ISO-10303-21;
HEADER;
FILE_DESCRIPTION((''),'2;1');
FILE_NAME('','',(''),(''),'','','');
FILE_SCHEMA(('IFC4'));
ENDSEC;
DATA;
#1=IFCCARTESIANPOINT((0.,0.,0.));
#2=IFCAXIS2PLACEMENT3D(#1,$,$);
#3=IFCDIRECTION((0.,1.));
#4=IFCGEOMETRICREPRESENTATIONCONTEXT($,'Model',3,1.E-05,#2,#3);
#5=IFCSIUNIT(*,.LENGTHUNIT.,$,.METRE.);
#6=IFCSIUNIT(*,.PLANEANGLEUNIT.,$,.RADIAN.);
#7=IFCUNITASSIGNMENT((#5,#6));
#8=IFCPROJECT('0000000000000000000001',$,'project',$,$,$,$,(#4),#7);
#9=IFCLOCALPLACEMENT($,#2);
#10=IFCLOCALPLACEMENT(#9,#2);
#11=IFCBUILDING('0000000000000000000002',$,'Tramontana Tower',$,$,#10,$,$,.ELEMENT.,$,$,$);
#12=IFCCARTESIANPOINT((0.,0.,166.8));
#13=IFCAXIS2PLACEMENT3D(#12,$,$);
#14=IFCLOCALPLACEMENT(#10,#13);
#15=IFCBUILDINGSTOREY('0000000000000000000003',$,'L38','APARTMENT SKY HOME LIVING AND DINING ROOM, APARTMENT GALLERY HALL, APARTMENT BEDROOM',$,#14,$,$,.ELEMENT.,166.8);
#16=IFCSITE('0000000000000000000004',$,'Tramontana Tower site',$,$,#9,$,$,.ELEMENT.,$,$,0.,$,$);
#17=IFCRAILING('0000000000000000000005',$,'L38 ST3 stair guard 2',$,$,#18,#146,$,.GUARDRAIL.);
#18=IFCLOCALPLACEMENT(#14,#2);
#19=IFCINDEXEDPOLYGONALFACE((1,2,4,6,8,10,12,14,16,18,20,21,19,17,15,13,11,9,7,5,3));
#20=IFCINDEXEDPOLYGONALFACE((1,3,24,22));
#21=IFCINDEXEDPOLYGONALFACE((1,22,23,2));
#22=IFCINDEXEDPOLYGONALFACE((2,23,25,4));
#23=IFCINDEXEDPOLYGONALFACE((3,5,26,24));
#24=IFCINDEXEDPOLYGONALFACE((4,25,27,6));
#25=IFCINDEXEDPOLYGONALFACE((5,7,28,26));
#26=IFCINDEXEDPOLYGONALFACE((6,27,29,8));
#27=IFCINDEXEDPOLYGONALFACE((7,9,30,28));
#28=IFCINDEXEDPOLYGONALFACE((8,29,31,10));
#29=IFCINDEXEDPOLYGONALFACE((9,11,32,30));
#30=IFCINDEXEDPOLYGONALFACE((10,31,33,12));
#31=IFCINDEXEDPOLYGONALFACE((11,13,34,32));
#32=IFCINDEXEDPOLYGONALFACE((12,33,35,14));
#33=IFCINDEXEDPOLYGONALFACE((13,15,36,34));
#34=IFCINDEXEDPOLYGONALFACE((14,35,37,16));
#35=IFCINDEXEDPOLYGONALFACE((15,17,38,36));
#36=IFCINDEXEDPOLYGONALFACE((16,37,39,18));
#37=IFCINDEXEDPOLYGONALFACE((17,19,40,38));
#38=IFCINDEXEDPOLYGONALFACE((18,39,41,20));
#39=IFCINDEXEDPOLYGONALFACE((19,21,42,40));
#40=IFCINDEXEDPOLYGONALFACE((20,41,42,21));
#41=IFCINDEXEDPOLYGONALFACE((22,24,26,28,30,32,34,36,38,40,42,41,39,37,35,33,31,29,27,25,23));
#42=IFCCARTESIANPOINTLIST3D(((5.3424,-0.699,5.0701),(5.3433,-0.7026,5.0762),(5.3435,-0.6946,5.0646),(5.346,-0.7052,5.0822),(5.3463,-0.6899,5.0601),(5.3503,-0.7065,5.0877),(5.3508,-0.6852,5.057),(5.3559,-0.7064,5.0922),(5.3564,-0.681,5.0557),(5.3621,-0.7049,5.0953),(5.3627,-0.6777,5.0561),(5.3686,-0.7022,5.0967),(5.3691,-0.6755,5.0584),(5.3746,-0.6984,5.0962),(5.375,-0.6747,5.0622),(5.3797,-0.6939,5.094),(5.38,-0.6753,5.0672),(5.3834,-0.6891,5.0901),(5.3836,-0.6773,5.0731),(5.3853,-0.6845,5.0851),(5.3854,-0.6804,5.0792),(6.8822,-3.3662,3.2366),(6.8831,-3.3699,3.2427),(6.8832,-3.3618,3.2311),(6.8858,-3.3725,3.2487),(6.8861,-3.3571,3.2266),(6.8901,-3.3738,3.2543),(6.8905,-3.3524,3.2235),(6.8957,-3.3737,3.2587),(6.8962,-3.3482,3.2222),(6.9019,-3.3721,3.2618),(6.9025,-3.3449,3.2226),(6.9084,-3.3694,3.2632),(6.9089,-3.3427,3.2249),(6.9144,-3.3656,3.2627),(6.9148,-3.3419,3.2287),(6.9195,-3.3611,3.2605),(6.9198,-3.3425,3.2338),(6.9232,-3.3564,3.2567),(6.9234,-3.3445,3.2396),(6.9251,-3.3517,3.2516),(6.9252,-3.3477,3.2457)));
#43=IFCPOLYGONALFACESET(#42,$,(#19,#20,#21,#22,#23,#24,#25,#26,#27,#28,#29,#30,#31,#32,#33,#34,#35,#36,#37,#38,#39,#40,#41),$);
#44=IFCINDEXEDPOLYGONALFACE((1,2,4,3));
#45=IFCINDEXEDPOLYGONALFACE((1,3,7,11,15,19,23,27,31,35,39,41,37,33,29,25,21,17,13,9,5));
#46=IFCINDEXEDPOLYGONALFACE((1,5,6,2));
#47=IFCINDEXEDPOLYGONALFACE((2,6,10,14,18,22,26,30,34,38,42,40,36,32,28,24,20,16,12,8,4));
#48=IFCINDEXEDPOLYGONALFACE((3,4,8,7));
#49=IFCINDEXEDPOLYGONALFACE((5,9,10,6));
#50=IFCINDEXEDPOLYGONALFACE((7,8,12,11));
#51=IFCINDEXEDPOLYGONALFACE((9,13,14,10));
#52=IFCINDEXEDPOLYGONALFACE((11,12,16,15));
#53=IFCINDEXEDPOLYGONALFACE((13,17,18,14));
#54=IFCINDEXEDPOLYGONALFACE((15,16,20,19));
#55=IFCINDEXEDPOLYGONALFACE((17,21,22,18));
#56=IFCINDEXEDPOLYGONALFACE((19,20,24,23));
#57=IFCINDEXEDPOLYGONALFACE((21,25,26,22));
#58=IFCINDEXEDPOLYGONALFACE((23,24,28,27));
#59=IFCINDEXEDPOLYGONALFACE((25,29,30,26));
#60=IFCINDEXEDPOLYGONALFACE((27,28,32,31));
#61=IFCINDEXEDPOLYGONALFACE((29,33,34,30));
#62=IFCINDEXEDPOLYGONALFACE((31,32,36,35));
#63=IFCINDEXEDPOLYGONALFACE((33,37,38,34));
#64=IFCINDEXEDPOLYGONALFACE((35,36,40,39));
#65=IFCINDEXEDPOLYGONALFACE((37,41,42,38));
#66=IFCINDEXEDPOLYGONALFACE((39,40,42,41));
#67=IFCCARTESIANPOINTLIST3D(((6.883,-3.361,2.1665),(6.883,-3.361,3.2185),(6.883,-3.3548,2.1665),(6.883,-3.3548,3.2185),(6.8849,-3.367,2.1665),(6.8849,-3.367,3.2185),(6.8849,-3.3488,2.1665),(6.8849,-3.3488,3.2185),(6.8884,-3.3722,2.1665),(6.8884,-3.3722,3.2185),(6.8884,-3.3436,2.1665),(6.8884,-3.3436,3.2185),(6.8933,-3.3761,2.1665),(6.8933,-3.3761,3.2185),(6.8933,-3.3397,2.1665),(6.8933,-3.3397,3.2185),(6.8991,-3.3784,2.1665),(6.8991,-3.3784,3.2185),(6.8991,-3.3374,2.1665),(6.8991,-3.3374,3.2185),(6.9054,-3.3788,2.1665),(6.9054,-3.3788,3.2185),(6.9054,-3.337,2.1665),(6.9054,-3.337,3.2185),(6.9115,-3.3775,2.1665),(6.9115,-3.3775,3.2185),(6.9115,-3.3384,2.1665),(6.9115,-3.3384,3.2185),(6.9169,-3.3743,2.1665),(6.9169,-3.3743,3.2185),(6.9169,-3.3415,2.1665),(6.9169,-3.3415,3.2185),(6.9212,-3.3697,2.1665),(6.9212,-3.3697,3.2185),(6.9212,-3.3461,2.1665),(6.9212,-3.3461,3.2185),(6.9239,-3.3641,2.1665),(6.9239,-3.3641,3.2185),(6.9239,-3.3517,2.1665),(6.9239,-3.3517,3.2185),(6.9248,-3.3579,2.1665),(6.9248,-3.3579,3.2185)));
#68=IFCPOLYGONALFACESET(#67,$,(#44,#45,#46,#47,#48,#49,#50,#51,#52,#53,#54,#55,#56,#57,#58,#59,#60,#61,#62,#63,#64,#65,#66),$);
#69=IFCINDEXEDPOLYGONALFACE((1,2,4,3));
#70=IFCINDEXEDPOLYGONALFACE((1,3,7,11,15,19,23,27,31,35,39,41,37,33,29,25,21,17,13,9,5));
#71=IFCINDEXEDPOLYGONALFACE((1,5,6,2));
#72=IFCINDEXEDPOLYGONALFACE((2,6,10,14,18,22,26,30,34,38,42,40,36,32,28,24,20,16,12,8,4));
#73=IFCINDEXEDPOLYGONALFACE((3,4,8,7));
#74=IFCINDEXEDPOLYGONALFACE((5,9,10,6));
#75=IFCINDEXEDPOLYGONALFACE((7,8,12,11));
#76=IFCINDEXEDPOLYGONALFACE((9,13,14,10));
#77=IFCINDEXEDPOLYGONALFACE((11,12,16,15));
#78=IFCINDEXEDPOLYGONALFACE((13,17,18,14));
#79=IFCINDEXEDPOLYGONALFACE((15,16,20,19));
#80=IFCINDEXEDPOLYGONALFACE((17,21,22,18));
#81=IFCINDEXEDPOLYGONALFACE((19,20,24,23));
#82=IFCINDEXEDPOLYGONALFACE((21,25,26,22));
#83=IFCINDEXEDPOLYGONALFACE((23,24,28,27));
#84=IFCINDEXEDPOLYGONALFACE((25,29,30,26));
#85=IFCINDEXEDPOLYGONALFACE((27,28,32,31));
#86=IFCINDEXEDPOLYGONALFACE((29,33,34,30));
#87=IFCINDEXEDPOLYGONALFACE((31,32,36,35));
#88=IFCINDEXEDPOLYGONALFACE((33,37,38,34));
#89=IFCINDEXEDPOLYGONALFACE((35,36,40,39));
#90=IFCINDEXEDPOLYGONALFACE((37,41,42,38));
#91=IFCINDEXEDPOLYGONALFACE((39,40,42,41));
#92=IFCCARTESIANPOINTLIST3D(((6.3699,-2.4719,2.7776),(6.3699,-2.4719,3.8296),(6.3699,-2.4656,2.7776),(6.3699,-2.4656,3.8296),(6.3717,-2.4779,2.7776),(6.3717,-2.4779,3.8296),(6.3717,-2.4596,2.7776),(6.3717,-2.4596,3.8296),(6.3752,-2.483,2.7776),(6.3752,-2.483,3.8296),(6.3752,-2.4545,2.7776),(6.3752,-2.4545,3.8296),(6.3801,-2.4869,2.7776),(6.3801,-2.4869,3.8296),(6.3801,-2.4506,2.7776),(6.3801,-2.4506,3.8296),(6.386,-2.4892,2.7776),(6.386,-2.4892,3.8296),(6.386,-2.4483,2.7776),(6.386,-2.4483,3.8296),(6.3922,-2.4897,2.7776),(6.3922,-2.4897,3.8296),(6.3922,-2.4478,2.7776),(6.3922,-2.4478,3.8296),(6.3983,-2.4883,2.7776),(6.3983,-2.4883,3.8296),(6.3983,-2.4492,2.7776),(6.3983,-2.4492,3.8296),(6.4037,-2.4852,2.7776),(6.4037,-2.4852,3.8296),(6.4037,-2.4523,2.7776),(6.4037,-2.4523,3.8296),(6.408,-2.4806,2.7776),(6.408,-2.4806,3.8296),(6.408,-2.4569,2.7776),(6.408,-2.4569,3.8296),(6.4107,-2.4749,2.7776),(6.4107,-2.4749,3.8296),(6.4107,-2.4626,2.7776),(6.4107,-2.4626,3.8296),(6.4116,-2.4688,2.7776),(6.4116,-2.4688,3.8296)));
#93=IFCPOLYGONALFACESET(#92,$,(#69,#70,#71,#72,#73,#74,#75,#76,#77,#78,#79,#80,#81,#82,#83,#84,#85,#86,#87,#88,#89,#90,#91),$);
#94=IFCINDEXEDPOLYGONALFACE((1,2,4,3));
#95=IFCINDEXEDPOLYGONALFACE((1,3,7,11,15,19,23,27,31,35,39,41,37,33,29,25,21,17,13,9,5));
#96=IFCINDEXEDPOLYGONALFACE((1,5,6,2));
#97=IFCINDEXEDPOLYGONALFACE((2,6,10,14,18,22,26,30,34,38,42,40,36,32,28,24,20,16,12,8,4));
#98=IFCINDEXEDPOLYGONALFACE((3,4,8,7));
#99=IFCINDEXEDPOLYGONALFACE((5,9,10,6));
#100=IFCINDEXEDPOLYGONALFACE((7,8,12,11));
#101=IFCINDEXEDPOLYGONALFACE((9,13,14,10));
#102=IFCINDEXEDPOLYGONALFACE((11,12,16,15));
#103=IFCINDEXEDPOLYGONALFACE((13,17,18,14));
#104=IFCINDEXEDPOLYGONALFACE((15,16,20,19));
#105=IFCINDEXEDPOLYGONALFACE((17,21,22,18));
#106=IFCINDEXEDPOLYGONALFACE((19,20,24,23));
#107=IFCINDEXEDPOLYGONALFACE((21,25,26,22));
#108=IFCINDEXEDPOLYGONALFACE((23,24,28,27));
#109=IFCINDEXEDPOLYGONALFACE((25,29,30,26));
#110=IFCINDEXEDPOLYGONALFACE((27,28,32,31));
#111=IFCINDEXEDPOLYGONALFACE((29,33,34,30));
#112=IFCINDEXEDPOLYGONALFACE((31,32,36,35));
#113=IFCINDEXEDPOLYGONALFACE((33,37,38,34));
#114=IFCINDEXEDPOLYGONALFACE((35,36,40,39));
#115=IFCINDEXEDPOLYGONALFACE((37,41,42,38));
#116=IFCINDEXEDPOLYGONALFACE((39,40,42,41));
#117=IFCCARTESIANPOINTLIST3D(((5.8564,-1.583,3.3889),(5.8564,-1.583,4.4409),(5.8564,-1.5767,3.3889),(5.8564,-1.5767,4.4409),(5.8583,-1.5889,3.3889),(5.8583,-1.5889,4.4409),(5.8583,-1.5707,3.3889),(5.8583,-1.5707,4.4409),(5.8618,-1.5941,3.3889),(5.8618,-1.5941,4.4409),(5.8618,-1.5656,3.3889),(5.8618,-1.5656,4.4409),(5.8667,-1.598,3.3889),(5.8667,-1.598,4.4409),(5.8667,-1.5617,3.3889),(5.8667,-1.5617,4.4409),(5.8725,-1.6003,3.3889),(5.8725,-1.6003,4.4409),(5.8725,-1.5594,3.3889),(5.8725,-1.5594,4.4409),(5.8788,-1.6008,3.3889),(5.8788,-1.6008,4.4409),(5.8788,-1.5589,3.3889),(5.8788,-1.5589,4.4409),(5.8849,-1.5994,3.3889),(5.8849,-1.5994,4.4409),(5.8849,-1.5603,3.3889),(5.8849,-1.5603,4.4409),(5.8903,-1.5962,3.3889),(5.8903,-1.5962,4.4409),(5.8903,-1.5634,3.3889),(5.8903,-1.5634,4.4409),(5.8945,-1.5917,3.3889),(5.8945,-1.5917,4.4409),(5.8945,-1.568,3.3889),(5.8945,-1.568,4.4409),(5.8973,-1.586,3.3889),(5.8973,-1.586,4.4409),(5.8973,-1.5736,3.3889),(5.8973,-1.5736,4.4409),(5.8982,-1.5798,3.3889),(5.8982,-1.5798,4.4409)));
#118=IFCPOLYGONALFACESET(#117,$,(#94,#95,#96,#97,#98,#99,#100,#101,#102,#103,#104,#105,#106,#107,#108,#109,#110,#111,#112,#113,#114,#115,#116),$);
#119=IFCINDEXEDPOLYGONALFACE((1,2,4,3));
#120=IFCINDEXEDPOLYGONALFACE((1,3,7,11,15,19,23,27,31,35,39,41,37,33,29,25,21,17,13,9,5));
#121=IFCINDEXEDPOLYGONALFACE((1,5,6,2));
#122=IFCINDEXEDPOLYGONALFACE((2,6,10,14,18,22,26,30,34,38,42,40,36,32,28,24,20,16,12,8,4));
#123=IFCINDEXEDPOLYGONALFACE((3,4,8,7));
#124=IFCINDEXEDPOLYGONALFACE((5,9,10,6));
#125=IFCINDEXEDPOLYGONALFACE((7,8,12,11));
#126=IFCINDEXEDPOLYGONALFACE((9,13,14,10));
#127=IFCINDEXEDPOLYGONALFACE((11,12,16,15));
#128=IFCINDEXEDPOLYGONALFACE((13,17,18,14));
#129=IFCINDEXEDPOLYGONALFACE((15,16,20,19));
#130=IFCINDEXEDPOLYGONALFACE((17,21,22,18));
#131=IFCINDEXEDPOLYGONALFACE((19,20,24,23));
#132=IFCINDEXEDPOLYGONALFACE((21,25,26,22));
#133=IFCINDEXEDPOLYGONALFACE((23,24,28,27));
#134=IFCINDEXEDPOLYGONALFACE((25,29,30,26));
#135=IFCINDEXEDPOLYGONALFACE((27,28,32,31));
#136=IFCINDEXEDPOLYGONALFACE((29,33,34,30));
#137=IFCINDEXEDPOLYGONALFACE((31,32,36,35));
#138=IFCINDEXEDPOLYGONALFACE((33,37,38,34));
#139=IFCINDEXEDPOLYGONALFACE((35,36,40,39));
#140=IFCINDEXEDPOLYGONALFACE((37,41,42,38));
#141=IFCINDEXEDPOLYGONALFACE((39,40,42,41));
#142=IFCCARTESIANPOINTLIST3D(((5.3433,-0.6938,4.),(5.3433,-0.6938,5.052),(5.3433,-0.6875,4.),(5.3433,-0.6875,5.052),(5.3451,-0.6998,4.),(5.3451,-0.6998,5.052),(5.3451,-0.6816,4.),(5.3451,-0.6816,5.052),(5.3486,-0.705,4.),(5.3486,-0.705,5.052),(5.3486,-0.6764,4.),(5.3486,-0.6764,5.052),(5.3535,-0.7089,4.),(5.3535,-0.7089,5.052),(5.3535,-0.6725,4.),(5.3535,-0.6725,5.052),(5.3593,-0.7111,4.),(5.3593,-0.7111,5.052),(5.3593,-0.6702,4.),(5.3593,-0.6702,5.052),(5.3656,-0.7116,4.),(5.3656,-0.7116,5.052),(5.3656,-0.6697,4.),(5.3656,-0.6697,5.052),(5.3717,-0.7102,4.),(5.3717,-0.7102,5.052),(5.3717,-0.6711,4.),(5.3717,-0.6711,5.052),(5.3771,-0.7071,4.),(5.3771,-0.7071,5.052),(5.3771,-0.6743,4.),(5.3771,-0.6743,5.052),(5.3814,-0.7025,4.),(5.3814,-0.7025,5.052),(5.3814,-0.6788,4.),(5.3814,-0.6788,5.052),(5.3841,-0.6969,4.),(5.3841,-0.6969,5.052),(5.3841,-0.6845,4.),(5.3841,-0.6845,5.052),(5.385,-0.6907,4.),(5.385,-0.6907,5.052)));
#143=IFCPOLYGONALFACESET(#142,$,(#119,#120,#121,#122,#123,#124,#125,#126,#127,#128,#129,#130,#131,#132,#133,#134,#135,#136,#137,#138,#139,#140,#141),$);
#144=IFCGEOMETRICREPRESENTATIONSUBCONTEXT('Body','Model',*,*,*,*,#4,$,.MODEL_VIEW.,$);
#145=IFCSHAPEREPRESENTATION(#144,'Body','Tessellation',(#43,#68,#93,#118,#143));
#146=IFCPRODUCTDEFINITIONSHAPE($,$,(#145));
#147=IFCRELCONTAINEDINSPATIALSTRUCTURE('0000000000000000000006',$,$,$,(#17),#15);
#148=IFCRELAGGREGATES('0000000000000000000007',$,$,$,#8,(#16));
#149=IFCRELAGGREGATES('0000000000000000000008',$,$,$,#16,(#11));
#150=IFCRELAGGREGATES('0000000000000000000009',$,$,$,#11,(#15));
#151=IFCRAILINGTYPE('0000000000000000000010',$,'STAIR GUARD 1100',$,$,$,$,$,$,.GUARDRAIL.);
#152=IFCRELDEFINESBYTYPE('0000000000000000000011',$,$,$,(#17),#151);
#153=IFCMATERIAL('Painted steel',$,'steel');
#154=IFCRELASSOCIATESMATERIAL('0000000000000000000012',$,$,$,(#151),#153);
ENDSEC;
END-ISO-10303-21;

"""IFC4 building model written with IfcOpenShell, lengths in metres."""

from ifc_helpers import new_model, si_unit, direction, frame, origin, origin_2d, place, context, subcontext, project, spatial, circle, extrude, material, type_object, element, save


model = new_model("IFC4")

# Units and contexts
model_context = context("Model", 3, precision=1e-05, world=origin(), true_north=direction((0.0, 1.0)))
body_context = subcontext(model_context, "Body", "Model", "MODEL_VIEW")
ifc_project = project(units=[si_unit("LENGTHUNIT", "METRE"), si_unit("PLANEANGLEUNIT", "RADIAN")], contexts=[model_context])

# Site, building, storey
site_placement = place(None, origin())
site = spatial("IfcSite", under=ifc_project, at=site_placement, Name="Tramontana Tower site", CompositionType="ELEMENT", RefElevation=0.0)
building_placement = place(site_placement, origin())
building = spatial("IfcBuilding", under=site, at=building_placement, Name="Tramontana Tower", CompositionType="ELEMENT")
storey_placement = place(building_placement, frame((0.0, 0.0, 166.8)))
storey = spatial("IfcBuildingStorey", under=building, at=storey_placement, Name="L38", Description="APARTMENT SKY HOME LIVING AND DINING ROOM, APARTMENT GALLERY HALL, APARTMENT BEDROOM", CompositionType="ELEMENT", Elevation=166.8)

# Railing
ifc_material_1 = material(Name="Painted steel", Category="steel")
railing_type_1 = type_object("IfcRailingType", Name="STAIR GUARD 1100", PredefinedType="GUARDRAIL", material=ifc_material_1)
railing_1_placement = place(storey_placement, frame((6.9038, -3.3579, 2.1665)))
element("IfcRailing", 1, at=railing_1_placement, inside=storey, type_object=railing_type_1, Name="L38 ST3 stair guard 2", PredefinedType="GUARDRAIL", context=body_context, shape_type="SweptSolid", body=[
    extrude(circle(Radius=0.0239, at=origin_2d()), frame((0.0, 0.0, 1.0762), z_axis=(-0.429601, 0.744155, 0.511543), x_axis=(-0.866044, -0.499967, 0.0)), (0.0, 0.0, 1.0), 3.5842),
    extrude(circle(Radius=0.021, at=origin_2d()), origin(), (0.0, 0.0, 1.0), 1.052),
    extrude(circle(Radius=0.021, at=origin_2d()), frame((-0.5132, 0.8892, 0.6111)), (0.0, 0.0, 1.0), 1.052),
    extrude(circle(Radius=0.021, at=origin_2d()), frame((-1.0266, 1.7781, 1.2224)), (0.0, 0.0, 1.0), 1.052),
    extrude(circle(Radius=0.021, at=origin_2d()), frame((-1.5398, 2.6672, 1.8335)), (0.0, 0.0, 1.0), 1.052),
])

save(model, "model.ifc")
